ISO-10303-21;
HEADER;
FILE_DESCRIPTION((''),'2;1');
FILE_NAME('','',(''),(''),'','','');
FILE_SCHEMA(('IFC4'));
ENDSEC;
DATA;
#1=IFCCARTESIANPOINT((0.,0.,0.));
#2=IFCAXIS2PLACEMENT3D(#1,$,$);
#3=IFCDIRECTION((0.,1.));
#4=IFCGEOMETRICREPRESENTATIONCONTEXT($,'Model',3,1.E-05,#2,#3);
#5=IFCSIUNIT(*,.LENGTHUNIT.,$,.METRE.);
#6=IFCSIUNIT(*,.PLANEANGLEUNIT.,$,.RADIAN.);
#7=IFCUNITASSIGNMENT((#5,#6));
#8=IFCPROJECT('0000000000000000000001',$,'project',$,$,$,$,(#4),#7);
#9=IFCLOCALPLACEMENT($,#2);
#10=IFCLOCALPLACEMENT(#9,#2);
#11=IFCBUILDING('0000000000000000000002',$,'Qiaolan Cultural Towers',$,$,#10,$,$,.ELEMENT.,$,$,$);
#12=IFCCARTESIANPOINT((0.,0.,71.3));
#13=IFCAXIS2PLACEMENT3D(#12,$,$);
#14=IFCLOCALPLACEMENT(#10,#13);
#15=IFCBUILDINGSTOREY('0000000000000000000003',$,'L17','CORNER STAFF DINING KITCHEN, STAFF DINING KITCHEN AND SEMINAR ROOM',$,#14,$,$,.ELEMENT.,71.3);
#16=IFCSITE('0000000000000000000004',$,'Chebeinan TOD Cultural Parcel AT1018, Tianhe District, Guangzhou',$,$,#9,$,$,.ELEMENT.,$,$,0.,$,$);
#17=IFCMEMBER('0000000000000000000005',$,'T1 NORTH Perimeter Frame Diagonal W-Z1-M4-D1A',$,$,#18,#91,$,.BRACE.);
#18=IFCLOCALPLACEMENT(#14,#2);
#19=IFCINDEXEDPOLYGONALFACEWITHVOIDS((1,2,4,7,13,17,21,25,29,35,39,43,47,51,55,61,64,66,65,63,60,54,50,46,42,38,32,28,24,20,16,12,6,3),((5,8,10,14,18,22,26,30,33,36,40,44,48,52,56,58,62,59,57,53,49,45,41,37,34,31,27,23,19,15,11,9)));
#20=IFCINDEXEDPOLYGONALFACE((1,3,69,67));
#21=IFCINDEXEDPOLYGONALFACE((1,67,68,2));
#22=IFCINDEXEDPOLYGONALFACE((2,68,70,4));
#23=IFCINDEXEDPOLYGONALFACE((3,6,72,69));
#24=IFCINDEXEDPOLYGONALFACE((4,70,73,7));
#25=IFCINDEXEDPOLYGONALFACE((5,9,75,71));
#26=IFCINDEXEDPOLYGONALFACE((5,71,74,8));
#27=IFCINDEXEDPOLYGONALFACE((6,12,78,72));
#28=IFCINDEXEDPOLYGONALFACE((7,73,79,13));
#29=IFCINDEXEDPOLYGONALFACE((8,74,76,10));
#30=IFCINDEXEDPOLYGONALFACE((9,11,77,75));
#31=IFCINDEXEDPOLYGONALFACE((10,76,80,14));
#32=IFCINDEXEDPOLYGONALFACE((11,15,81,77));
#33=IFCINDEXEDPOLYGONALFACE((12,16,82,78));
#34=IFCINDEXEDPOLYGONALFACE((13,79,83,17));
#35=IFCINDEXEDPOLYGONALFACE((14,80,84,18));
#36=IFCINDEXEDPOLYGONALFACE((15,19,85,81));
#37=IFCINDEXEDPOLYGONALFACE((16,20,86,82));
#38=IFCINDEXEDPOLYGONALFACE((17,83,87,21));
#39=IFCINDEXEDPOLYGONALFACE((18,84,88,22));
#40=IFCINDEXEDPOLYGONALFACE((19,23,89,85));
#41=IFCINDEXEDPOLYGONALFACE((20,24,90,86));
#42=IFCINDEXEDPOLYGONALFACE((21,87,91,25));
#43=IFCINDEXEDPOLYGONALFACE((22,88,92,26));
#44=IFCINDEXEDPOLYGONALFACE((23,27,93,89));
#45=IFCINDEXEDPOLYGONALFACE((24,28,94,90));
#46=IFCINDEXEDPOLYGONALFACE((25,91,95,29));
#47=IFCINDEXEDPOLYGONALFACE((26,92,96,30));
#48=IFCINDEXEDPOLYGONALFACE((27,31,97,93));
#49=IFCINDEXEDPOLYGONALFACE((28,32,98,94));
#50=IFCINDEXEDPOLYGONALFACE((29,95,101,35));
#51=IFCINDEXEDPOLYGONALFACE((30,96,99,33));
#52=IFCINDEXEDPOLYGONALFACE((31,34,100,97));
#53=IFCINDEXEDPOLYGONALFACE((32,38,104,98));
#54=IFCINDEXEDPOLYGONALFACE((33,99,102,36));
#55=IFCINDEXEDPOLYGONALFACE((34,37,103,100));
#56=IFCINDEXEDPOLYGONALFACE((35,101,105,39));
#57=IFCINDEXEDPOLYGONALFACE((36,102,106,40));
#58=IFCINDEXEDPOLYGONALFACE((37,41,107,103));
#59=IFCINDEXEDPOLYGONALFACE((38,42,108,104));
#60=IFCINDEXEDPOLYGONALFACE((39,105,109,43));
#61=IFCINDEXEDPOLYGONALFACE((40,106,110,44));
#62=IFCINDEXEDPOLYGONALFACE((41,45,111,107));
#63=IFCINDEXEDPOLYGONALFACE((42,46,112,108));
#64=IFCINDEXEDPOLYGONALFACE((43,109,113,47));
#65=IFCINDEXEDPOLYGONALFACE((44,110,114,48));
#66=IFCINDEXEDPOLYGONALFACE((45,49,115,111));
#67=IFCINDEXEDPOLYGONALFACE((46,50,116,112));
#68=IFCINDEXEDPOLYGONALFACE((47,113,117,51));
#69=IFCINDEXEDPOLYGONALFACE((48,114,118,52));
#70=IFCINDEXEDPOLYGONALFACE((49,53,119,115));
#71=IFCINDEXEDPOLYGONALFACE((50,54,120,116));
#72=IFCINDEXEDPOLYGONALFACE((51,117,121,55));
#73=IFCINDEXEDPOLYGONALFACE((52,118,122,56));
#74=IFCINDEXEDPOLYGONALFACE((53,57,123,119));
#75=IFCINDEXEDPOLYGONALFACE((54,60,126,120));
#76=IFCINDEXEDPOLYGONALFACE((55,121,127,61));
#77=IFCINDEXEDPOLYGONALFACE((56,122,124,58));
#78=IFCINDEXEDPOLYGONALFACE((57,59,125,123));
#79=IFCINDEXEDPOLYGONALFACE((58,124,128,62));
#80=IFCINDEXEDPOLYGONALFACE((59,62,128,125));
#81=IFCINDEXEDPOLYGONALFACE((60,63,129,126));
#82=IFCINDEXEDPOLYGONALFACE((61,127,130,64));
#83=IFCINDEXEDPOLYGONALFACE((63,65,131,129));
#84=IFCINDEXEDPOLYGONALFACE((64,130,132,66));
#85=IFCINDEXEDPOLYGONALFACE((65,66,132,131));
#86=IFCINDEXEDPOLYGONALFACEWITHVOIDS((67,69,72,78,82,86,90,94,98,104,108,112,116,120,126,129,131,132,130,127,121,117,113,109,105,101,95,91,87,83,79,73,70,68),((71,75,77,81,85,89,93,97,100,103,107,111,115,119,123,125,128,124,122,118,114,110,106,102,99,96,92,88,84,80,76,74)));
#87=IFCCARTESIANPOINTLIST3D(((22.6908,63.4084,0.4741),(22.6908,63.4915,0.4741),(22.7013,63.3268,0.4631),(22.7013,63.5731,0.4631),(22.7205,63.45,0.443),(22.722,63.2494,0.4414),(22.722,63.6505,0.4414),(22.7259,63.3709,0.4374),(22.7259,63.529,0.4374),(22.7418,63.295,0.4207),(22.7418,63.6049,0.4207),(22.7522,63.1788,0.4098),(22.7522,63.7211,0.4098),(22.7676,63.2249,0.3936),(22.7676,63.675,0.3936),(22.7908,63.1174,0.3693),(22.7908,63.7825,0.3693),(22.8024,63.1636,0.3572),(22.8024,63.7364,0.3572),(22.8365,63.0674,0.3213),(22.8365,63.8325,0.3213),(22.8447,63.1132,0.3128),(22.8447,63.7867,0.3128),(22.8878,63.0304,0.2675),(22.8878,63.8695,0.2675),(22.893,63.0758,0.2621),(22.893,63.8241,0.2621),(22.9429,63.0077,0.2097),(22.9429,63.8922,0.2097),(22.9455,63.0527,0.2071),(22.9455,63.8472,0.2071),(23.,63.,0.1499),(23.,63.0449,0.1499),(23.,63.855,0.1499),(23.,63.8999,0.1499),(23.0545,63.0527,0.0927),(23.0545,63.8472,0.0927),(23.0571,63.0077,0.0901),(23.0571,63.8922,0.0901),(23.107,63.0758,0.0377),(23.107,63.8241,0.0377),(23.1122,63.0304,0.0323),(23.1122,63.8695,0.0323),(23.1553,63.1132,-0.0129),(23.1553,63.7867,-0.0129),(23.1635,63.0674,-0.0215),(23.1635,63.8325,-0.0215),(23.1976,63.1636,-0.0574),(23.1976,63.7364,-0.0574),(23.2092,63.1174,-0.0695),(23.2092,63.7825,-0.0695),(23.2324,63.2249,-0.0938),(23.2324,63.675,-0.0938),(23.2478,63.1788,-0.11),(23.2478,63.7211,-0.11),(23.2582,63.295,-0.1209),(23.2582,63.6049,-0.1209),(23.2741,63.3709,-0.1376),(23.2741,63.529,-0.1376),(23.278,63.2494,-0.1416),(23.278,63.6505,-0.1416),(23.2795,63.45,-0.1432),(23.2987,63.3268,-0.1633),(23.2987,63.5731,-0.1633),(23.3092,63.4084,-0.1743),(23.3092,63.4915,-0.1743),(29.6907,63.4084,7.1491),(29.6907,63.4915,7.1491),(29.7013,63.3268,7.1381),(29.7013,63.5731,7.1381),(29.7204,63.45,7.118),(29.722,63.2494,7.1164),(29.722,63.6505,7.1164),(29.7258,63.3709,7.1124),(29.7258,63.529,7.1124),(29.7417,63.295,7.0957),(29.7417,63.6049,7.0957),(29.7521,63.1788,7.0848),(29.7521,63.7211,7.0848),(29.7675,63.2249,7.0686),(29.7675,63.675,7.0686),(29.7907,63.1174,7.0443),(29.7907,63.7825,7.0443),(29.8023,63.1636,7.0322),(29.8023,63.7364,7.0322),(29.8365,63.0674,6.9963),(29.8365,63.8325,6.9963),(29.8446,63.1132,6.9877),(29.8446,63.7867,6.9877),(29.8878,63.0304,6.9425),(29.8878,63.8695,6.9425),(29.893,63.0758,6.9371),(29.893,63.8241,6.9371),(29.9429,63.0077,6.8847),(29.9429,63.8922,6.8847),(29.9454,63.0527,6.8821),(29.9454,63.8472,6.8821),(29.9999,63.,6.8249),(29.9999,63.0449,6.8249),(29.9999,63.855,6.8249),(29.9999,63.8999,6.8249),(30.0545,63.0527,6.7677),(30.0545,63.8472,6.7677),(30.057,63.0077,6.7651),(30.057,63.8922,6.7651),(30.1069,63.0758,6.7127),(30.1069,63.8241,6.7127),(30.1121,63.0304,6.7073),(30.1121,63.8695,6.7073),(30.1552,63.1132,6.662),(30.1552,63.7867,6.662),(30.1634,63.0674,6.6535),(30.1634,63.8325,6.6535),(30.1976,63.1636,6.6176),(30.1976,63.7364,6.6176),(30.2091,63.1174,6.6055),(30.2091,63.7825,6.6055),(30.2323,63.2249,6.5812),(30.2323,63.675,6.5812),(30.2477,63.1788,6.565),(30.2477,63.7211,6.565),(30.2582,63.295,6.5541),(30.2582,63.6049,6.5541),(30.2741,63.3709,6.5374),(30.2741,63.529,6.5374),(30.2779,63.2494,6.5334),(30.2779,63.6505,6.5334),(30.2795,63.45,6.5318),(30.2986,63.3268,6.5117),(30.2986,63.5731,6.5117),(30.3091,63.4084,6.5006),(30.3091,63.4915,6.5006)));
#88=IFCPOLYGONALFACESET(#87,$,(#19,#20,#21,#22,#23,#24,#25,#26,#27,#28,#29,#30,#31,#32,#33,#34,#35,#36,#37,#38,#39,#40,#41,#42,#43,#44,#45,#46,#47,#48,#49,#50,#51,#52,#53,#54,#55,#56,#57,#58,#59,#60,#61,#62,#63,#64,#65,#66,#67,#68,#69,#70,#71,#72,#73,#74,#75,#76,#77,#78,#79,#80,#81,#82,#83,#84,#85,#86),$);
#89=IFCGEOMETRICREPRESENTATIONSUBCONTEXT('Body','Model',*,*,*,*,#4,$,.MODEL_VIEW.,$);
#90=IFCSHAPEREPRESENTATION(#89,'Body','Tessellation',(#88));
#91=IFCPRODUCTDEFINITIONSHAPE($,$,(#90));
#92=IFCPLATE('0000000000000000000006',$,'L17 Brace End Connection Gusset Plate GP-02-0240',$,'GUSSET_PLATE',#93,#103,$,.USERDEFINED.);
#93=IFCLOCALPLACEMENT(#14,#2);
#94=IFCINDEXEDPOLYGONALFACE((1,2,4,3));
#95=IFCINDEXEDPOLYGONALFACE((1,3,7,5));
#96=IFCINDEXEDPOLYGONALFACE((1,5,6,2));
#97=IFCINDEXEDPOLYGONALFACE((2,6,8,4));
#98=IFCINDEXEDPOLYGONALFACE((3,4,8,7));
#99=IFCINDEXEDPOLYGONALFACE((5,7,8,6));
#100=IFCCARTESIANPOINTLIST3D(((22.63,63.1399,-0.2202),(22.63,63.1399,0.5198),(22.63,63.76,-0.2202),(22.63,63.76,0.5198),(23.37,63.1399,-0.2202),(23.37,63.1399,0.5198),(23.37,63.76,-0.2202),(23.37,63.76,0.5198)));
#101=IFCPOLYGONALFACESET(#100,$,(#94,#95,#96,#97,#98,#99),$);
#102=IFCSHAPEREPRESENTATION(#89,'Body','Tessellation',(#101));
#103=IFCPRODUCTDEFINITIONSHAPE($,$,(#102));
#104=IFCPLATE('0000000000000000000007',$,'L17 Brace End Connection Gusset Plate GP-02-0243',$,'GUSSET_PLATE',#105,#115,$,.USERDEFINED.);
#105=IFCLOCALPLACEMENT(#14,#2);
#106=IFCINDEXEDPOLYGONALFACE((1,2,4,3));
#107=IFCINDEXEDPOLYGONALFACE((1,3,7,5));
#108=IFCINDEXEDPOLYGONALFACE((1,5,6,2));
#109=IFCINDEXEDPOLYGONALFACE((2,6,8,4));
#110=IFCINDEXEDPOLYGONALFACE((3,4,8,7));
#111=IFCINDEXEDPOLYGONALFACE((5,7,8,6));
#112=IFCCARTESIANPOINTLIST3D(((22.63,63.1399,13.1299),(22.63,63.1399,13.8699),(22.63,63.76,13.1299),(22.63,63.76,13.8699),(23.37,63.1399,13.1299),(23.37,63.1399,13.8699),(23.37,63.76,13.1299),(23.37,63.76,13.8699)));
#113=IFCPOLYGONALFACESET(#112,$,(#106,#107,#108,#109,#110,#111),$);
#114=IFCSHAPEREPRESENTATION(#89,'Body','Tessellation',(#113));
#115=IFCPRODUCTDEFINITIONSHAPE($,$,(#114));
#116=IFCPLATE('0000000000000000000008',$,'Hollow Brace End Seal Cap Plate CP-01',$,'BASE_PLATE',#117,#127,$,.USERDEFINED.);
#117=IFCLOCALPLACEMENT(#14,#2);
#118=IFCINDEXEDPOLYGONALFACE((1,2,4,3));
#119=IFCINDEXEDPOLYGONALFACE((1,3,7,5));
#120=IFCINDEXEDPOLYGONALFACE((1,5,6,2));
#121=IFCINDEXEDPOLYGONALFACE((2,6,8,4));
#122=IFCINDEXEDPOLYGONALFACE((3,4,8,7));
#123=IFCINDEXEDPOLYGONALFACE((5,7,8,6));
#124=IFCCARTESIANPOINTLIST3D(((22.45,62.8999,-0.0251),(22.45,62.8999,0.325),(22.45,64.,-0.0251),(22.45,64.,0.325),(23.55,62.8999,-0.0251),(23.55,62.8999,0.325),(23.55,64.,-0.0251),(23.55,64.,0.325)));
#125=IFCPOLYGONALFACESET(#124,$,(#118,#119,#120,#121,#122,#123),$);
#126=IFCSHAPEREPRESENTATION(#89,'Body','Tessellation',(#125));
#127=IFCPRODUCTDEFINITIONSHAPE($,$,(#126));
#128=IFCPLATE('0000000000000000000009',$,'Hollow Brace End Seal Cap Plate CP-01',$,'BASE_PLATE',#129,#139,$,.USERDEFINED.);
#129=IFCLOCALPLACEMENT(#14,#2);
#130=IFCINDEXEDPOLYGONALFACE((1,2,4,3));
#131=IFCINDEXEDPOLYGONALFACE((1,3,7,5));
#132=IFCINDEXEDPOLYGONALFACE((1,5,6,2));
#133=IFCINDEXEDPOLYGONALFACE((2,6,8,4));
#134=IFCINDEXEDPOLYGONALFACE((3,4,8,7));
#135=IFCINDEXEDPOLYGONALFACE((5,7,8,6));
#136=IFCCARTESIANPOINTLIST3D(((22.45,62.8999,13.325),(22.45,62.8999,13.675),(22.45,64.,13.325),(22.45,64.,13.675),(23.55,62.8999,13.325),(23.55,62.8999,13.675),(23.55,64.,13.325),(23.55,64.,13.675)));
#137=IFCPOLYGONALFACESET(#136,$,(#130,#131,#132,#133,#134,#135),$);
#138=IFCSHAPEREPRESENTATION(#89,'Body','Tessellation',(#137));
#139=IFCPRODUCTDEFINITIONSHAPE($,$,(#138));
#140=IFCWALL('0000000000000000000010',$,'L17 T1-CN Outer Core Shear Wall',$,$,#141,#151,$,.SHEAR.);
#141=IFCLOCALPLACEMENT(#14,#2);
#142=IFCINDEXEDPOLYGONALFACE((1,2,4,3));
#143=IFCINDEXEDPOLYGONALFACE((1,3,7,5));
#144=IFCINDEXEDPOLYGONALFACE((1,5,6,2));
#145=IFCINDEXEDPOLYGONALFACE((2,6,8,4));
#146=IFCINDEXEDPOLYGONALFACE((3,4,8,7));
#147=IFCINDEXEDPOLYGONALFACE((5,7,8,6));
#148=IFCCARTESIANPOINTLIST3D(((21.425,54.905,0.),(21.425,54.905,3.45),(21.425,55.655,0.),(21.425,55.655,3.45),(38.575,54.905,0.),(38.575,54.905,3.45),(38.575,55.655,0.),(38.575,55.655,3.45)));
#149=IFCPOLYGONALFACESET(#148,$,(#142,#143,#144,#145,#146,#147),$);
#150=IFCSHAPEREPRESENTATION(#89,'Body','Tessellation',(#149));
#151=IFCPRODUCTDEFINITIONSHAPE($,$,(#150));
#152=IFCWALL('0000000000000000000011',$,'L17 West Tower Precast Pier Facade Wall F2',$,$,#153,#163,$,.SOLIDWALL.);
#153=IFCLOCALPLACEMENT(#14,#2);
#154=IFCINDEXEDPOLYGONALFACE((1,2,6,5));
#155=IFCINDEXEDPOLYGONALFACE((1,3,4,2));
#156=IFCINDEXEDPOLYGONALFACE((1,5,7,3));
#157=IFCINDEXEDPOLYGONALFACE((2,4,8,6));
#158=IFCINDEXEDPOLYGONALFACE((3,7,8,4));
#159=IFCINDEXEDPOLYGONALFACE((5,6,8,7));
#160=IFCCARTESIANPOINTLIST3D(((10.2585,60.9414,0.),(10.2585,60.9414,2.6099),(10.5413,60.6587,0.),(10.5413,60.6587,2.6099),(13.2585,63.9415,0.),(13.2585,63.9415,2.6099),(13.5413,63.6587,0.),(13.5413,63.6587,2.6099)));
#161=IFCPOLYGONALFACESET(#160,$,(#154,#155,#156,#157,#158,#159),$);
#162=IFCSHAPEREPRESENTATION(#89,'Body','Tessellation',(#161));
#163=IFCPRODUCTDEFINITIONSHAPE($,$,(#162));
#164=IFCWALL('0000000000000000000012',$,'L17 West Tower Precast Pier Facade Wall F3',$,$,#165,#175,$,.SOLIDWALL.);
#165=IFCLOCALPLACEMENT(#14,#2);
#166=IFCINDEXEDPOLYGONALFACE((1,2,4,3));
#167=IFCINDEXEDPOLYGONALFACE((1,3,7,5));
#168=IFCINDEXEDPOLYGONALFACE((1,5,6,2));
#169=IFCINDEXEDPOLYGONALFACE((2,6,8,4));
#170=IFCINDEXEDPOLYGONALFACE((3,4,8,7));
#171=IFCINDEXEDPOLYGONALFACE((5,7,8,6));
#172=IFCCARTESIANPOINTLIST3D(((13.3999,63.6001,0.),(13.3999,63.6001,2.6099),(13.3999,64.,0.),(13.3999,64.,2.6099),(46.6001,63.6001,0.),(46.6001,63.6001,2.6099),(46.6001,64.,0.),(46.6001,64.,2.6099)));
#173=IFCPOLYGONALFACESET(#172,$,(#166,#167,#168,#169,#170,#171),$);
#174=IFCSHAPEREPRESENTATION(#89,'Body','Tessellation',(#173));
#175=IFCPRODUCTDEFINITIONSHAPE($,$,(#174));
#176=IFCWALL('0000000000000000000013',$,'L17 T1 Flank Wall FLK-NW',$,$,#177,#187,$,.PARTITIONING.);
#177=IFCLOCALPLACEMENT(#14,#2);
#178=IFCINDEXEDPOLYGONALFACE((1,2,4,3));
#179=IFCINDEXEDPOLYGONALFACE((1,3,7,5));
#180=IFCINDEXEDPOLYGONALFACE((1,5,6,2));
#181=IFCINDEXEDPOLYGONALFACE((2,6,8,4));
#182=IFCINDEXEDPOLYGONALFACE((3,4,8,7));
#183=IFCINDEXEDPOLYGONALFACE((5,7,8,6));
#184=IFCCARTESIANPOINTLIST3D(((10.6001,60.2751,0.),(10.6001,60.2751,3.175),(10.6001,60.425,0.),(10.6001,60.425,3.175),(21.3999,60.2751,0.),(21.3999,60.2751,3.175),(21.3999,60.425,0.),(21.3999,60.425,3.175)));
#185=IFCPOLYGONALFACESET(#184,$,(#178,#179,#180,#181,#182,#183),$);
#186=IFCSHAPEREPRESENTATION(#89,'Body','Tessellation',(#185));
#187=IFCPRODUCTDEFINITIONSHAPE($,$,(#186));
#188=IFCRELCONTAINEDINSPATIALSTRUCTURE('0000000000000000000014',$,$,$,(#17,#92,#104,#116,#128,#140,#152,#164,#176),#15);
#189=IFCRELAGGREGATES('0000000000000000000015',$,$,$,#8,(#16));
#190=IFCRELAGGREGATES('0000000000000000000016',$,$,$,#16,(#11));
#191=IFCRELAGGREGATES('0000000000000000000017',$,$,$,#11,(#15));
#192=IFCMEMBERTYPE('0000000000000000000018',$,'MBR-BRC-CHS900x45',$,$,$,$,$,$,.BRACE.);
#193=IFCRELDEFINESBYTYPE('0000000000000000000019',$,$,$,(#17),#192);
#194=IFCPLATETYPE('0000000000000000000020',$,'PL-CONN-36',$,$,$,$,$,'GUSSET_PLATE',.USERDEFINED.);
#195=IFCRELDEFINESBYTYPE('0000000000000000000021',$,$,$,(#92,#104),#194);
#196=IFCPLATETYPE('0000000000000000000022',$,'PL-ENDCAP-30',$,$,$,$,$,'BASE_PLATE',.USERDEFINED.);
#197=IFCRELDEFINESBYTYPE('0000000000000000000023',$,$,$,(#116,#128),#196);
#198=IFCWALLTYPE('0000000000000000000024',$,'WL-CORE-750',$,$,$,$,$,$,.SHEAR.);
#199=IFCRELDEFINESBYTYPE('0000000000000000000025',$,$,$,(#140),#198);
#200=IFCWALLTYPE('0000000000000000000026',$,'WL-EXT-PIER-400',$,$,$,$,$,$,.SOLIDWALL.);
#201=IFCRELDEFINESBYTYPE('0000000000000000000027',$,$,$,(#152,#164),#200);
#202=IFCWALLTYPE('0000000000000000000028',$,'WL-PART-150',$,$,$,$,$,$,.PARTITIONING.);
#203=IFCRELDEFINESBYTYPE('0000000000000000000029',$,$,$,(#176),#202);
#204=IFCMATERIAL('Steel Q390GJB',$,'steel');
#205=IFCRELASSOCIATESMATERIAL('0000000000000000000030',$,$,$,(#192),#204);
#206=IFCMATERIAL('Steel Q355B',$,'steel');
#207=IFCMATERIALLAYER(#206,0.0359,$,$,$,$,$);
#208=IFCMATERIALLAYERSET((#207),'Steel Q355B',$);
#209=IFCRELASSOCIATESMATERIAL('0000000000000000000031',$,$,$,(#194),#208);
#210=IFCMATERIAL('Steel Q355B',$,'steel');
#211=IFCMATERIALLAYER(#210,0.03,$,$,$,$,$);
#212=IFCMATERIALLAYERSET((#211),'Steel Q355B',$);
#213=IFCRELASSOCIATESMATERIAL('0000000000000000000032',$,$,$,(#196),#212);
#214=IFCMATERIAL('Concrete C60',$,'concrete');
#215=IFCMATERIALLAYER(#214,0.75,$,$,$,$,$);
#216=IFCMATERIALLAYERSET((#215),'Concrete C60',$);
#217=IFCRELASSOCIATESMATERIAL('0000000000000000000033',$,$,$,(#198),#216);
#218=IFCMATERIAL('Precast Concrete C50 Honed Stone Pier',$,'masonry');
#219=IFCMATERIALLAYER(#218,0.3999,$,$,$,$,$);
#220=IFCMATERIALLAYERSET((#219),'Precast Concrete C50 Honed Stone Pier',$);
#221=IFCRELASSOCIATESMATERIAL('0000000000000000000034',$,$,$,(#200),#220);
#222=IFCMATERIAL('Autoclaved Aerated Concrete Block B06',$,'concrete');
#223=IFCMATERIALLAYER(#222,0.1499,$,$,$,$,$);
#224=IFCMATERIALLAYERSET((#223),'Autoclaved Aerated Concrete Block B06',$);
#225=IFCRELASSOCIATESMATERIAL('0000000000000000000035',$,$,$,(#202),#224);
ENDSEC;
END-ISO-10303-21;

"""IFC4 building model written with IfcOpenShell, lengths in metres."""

from ifc_helpers import new_model, si_unit, direction, frame, frame_2d, origin, origin_2d, place, context, subcontext, project, spatial, rectangle, hollow_circle, extrude, material, layer, layer_set, material_profile, profile_set, type_object, element, save


model = new_model("IFC4")

# Units and contexts
model_context = context("Model", 3, precision=1e-05, world=origin(), true_north=direction((0.0, 1.0)))
body_context = subcontext(model_context, "Body", "Model", "MODEL_VIEW")
ifc_project = project(units=[si_unit("LENGTHUNIT", "METRE"), si_unit("PLANEANGLEUNIT", "RADIAN")], contexts=[model_context])

# Site, building, storey
site_placement = place(None, origin())
site = spatial("IfcSite", under=ifc_project, at=site_placement, Name="Chebeinan TOD Cultural Parcel AT1018, Tianhe District, Guangzhou", CompositionType="ELEMENT", RefElevation=0.0)
building_placement = place(site_placement, origin())
building = spatial("IfcBuilding", under=site, at=building_placement, Name="Qiaolan Cultural Towers", CompositionType="ELEMENT")
storey_placement = place(building_placement, frame((0.0, 0.0, 71.3)))
storey = spatial("IfcBuildingStorey", under=building, at=storey_placement, Name="L17", Description="CORNER STAFF DINING KITCHEN, STAFF DINING KITCHEN AND SEMINAR ROOM", CompositionType="ELEMENT", Elevation=71.3)

# Member
ifc_material_1 = material(Name="Steel Q390GJB", Category="steel")
ifc_material_profile_1 = material_profile(ifc_material_1, hollow_circle(Radius=0.45, WallThickness=0.0449, at=origin_2d()), Name="CHS900x45")
ifc_profile_set_1 = profile_set([ifc_material_profile_1], Name="Steel Q390GJB")
member_type = type_object("IfcMemberType", Name="MBR-BRC-CHS900x45", PredefinedType="BRACE", material=ifc_profile_set_1)
member_placement = place(storey_placement, frame((23.0, 63.45, 0.1499), z_axis=(0.723705, 0.0, 0.690109), x_axis=(0.0, 1.0, 0.0)))
element("IfcMember", 1, at=member_placement, inside=storey, type_object=member_type, Name="T1 NORTH Perimeter Frame Diagonal W-Z1-M4-D1A", PredefinedType="BRACE", context=body_context, shape_type="SweptSolid", body=[
    extrude(hollow_circle(Radius=0.45, WallThickness=0.0449, at=origin_2d()), origin(), (0.0, 0.0, 1.0), 9.6724),
])

# Plates
ifc_material_2 = material(Name="Steel Q355B", Category="steel")
ifc_layer_1 = layer(ifc_material_2, 0.0359)
ifc_layer_set_1 = layer_set([ifc_layer_1], Name="Steel Q355B")
plate_type_1 = type_object("IfcPlateType", Name="PL-CONN-36", ElementType="GUSSET_PLATE", PredefinedType="USERDEFINED", material=ifc_layer_set_1)
for number, where, z_axis, x_axis, name in (
    (2, (23.0, 63.45, -0.2202), (0.0, 0.0, 1.0), (1.0, 0.0, 0.0), "L17 Brace End Connection Gusset Plate GP-02-0240"),
    (3, (23.0, 63.45, 13.1299), (0.0, 0.0, 1.0), (1.0, 0.0, 0.0), "L17 Brace End Connection Gusset Plate GP-02-0243"),
):
    element("IfcPlate", number, at=place(storey_placement, frame(where, z_axis=z_axis, x_axis=x_axis)), inside=storey, type_object=plate_type_1, Name=name, ObjectType="GUSSET_PLATE", PredefinedType="USERDEFINED", context=body_context, shape_type="SweptSolid", body=[
        extrude(rectangle(XDim=0.74, YDim=0.6201, at=origin_2d()), origin(), (0.0, 0.0, 1.0), 0.74),
    ])
ifc_material_3 = material(Name="Steel Q355B", Category="steel")
ifc_layer_2 = layer(ifc_material_3, 0.03)
ifc_layer_set_2 = layer_set([ifc_layer_2], Name="Steel Q355B")
plate_type_2 = type_object("IfcPlateType", Name="PL-ENDCAP-30", ElementType="BASE_PLATE", PredefinedType="USERDEFINED", material=ifc_layer_set_2)
for number, where, z_axis, x_axis, name in (
    (4, (23.0, 63.45, -0.0251), (0.0, 0.0, 1.0), (1.0, 0.0, 0.0), "Hollow Brace End Seal Cap Plate CP-01"),
    (5, (23.0, 63.45, 13.325), (0.0, 0.0, 1.0), (1.0, 0.0, 0.0), "Hollow Brace End Seal Cap Plate CP-01"),
):
    element("IfcPlate", number, at=place(storey_placement, frame(where, z_axis=z_axis, x_axis=x_axis)), inside=storey, type_object=plate_type_2, Name=name, ObjectType="BASE_PLATE", PredefinedType="USERDEFINED", context=body_context, shape_type="SweptSolid", body=[
        extrude(rectangle(XDim=1.1001, YDim=1.1001, at=origin_2d()), origin(), (0.0, 0.0, 1.0), 0.3501),
    ])

# Walls
ifc_material_4 = material(Name="Concrete C60", Category="concrete")
ifc_layer_3 = layer(ifc_material_4, 0.75)
ifc_layer_set_3 = layer_set([ifc_layer_3], Name="Concrete C60")
wall_type_1 = type_object("IfcWallType", Name="WL-CORE-750", PredefinedType="SHEAR", material=ifc_layer_set_3)
wall_1_placement = place(storey_placement, frame((21.425, 55.28, 0.0), z_axis=(0.0, 0.0, 1.0), x_axis=(1.0, 0.0, 0.0)))
element("IfcWall", 6, at=wall_1_placement, inside=storey, type_object=wall_type_1, Name="L17 T1-CN Outer Core Shear Wall", PredefinedType="SHEAR", context=body_context, shape_type="SweptSolid", body=[
    extrude(rectangle(XDim=17.1499, YDim=0.75, at=frame_2d((8.575, 0.0))), origin(), (0.0, 0.0, 1.0), 3.45),
])
ifc_material_5 = material(Name="Precast Concrete C50 Honed Stone Pier", Category="masonry")
ifc_layer_4 = layer(ifc_material_5, 0.3999)
ifc_layer_set_4 = layer_set([ifc_layer_4], Name="Precast Concrete C50 Honed Stone Pier")
wall_type_2 = type_object("IfcWallType", Name="WL-EXT-PIER-400", PredefinedType="SOLIDWALL", material=ifc_layer_set_4)
wall_2_placement = place(storey_placement, frame((10.3999, 60.8, 0.0), z_axis=(0.0, 0.0, 1.0), x_axis=(0.707107, 0.707107, 0.0)))
element("IfcWall", 7, at=wall_2_placement, inside=storey, type_object=wall_type_2, Name="L17 West Tower Precast Pier Facade Wall F2", PredefinedType="SOLIDWALL", context=body_context, shape_type="SweptSolid", body=[
    extrude(rectangle(XDim=4.2427, YDim=0.3999, at=frame_2d((2.1213, 0.0))), origin(), (0.0, 0.0, 1.0), 2.6099),
])
wall_3_placement = place(storey_placement, frame((13.3999, 63.8, 0.0), z_axis=(0.0, 0.0, 1.0), x_axis=(1.0, 0.0, 0.0)))
element("IfcWall", 8, at=wall_3_placement, inside=storey, type_object=wall_type_2, Name="L17 West Tower Precast Pier Facade Wall F3", PredefinedType="SOLIDWALL", context=body_context, shape_type="SweptSolid", body=[
    extrude(rectangle(XDim=33.2002, YDim=0.3999, at=frame_2d((16.6001, 0.0))), origin(), (0.0, 0.0, 1.0), 2.6099),
])
ifc_material_6 = material(Name="Autoclaved Aerated Concrete Block B06", Category="concrete")
ifc_layer_5 = layer(ifc_material_6, 0.1499)
ifc_layer_set_5 = layer_set([ifc_layer_5], Name="Autoclaved Aerated Concrete Block B06")
wall_type_3 = type_object("IfcWallType", Name="WL-PART-150", PredefinedType="PARTITIONING", material=ifc_layer_set_5)
wall_4_placement = place(storey_placement, frame((10.6001, 60.3501, 0.0), z_axis=(0.0, 0.0, 1.0), x_axis=(1.0, 0.0, 0.0)))
element("IfcWall", 9, at=wall_4_placement, inside=storey, type_object=wall_type_3, Name="L17 T1 Flank Wall FLK-NW", PredefinedType="PARTITIONING", context=body_context, shape_type="SweptSolid", body=[
    extrude(rectangle(XDim=10.7998, YDim=0.1499, at=frame_2d((5.3999, 0.0))), origin(), (0.0, 0.0, 1.0), 3.175),
])

save(model, "model.ifc")
